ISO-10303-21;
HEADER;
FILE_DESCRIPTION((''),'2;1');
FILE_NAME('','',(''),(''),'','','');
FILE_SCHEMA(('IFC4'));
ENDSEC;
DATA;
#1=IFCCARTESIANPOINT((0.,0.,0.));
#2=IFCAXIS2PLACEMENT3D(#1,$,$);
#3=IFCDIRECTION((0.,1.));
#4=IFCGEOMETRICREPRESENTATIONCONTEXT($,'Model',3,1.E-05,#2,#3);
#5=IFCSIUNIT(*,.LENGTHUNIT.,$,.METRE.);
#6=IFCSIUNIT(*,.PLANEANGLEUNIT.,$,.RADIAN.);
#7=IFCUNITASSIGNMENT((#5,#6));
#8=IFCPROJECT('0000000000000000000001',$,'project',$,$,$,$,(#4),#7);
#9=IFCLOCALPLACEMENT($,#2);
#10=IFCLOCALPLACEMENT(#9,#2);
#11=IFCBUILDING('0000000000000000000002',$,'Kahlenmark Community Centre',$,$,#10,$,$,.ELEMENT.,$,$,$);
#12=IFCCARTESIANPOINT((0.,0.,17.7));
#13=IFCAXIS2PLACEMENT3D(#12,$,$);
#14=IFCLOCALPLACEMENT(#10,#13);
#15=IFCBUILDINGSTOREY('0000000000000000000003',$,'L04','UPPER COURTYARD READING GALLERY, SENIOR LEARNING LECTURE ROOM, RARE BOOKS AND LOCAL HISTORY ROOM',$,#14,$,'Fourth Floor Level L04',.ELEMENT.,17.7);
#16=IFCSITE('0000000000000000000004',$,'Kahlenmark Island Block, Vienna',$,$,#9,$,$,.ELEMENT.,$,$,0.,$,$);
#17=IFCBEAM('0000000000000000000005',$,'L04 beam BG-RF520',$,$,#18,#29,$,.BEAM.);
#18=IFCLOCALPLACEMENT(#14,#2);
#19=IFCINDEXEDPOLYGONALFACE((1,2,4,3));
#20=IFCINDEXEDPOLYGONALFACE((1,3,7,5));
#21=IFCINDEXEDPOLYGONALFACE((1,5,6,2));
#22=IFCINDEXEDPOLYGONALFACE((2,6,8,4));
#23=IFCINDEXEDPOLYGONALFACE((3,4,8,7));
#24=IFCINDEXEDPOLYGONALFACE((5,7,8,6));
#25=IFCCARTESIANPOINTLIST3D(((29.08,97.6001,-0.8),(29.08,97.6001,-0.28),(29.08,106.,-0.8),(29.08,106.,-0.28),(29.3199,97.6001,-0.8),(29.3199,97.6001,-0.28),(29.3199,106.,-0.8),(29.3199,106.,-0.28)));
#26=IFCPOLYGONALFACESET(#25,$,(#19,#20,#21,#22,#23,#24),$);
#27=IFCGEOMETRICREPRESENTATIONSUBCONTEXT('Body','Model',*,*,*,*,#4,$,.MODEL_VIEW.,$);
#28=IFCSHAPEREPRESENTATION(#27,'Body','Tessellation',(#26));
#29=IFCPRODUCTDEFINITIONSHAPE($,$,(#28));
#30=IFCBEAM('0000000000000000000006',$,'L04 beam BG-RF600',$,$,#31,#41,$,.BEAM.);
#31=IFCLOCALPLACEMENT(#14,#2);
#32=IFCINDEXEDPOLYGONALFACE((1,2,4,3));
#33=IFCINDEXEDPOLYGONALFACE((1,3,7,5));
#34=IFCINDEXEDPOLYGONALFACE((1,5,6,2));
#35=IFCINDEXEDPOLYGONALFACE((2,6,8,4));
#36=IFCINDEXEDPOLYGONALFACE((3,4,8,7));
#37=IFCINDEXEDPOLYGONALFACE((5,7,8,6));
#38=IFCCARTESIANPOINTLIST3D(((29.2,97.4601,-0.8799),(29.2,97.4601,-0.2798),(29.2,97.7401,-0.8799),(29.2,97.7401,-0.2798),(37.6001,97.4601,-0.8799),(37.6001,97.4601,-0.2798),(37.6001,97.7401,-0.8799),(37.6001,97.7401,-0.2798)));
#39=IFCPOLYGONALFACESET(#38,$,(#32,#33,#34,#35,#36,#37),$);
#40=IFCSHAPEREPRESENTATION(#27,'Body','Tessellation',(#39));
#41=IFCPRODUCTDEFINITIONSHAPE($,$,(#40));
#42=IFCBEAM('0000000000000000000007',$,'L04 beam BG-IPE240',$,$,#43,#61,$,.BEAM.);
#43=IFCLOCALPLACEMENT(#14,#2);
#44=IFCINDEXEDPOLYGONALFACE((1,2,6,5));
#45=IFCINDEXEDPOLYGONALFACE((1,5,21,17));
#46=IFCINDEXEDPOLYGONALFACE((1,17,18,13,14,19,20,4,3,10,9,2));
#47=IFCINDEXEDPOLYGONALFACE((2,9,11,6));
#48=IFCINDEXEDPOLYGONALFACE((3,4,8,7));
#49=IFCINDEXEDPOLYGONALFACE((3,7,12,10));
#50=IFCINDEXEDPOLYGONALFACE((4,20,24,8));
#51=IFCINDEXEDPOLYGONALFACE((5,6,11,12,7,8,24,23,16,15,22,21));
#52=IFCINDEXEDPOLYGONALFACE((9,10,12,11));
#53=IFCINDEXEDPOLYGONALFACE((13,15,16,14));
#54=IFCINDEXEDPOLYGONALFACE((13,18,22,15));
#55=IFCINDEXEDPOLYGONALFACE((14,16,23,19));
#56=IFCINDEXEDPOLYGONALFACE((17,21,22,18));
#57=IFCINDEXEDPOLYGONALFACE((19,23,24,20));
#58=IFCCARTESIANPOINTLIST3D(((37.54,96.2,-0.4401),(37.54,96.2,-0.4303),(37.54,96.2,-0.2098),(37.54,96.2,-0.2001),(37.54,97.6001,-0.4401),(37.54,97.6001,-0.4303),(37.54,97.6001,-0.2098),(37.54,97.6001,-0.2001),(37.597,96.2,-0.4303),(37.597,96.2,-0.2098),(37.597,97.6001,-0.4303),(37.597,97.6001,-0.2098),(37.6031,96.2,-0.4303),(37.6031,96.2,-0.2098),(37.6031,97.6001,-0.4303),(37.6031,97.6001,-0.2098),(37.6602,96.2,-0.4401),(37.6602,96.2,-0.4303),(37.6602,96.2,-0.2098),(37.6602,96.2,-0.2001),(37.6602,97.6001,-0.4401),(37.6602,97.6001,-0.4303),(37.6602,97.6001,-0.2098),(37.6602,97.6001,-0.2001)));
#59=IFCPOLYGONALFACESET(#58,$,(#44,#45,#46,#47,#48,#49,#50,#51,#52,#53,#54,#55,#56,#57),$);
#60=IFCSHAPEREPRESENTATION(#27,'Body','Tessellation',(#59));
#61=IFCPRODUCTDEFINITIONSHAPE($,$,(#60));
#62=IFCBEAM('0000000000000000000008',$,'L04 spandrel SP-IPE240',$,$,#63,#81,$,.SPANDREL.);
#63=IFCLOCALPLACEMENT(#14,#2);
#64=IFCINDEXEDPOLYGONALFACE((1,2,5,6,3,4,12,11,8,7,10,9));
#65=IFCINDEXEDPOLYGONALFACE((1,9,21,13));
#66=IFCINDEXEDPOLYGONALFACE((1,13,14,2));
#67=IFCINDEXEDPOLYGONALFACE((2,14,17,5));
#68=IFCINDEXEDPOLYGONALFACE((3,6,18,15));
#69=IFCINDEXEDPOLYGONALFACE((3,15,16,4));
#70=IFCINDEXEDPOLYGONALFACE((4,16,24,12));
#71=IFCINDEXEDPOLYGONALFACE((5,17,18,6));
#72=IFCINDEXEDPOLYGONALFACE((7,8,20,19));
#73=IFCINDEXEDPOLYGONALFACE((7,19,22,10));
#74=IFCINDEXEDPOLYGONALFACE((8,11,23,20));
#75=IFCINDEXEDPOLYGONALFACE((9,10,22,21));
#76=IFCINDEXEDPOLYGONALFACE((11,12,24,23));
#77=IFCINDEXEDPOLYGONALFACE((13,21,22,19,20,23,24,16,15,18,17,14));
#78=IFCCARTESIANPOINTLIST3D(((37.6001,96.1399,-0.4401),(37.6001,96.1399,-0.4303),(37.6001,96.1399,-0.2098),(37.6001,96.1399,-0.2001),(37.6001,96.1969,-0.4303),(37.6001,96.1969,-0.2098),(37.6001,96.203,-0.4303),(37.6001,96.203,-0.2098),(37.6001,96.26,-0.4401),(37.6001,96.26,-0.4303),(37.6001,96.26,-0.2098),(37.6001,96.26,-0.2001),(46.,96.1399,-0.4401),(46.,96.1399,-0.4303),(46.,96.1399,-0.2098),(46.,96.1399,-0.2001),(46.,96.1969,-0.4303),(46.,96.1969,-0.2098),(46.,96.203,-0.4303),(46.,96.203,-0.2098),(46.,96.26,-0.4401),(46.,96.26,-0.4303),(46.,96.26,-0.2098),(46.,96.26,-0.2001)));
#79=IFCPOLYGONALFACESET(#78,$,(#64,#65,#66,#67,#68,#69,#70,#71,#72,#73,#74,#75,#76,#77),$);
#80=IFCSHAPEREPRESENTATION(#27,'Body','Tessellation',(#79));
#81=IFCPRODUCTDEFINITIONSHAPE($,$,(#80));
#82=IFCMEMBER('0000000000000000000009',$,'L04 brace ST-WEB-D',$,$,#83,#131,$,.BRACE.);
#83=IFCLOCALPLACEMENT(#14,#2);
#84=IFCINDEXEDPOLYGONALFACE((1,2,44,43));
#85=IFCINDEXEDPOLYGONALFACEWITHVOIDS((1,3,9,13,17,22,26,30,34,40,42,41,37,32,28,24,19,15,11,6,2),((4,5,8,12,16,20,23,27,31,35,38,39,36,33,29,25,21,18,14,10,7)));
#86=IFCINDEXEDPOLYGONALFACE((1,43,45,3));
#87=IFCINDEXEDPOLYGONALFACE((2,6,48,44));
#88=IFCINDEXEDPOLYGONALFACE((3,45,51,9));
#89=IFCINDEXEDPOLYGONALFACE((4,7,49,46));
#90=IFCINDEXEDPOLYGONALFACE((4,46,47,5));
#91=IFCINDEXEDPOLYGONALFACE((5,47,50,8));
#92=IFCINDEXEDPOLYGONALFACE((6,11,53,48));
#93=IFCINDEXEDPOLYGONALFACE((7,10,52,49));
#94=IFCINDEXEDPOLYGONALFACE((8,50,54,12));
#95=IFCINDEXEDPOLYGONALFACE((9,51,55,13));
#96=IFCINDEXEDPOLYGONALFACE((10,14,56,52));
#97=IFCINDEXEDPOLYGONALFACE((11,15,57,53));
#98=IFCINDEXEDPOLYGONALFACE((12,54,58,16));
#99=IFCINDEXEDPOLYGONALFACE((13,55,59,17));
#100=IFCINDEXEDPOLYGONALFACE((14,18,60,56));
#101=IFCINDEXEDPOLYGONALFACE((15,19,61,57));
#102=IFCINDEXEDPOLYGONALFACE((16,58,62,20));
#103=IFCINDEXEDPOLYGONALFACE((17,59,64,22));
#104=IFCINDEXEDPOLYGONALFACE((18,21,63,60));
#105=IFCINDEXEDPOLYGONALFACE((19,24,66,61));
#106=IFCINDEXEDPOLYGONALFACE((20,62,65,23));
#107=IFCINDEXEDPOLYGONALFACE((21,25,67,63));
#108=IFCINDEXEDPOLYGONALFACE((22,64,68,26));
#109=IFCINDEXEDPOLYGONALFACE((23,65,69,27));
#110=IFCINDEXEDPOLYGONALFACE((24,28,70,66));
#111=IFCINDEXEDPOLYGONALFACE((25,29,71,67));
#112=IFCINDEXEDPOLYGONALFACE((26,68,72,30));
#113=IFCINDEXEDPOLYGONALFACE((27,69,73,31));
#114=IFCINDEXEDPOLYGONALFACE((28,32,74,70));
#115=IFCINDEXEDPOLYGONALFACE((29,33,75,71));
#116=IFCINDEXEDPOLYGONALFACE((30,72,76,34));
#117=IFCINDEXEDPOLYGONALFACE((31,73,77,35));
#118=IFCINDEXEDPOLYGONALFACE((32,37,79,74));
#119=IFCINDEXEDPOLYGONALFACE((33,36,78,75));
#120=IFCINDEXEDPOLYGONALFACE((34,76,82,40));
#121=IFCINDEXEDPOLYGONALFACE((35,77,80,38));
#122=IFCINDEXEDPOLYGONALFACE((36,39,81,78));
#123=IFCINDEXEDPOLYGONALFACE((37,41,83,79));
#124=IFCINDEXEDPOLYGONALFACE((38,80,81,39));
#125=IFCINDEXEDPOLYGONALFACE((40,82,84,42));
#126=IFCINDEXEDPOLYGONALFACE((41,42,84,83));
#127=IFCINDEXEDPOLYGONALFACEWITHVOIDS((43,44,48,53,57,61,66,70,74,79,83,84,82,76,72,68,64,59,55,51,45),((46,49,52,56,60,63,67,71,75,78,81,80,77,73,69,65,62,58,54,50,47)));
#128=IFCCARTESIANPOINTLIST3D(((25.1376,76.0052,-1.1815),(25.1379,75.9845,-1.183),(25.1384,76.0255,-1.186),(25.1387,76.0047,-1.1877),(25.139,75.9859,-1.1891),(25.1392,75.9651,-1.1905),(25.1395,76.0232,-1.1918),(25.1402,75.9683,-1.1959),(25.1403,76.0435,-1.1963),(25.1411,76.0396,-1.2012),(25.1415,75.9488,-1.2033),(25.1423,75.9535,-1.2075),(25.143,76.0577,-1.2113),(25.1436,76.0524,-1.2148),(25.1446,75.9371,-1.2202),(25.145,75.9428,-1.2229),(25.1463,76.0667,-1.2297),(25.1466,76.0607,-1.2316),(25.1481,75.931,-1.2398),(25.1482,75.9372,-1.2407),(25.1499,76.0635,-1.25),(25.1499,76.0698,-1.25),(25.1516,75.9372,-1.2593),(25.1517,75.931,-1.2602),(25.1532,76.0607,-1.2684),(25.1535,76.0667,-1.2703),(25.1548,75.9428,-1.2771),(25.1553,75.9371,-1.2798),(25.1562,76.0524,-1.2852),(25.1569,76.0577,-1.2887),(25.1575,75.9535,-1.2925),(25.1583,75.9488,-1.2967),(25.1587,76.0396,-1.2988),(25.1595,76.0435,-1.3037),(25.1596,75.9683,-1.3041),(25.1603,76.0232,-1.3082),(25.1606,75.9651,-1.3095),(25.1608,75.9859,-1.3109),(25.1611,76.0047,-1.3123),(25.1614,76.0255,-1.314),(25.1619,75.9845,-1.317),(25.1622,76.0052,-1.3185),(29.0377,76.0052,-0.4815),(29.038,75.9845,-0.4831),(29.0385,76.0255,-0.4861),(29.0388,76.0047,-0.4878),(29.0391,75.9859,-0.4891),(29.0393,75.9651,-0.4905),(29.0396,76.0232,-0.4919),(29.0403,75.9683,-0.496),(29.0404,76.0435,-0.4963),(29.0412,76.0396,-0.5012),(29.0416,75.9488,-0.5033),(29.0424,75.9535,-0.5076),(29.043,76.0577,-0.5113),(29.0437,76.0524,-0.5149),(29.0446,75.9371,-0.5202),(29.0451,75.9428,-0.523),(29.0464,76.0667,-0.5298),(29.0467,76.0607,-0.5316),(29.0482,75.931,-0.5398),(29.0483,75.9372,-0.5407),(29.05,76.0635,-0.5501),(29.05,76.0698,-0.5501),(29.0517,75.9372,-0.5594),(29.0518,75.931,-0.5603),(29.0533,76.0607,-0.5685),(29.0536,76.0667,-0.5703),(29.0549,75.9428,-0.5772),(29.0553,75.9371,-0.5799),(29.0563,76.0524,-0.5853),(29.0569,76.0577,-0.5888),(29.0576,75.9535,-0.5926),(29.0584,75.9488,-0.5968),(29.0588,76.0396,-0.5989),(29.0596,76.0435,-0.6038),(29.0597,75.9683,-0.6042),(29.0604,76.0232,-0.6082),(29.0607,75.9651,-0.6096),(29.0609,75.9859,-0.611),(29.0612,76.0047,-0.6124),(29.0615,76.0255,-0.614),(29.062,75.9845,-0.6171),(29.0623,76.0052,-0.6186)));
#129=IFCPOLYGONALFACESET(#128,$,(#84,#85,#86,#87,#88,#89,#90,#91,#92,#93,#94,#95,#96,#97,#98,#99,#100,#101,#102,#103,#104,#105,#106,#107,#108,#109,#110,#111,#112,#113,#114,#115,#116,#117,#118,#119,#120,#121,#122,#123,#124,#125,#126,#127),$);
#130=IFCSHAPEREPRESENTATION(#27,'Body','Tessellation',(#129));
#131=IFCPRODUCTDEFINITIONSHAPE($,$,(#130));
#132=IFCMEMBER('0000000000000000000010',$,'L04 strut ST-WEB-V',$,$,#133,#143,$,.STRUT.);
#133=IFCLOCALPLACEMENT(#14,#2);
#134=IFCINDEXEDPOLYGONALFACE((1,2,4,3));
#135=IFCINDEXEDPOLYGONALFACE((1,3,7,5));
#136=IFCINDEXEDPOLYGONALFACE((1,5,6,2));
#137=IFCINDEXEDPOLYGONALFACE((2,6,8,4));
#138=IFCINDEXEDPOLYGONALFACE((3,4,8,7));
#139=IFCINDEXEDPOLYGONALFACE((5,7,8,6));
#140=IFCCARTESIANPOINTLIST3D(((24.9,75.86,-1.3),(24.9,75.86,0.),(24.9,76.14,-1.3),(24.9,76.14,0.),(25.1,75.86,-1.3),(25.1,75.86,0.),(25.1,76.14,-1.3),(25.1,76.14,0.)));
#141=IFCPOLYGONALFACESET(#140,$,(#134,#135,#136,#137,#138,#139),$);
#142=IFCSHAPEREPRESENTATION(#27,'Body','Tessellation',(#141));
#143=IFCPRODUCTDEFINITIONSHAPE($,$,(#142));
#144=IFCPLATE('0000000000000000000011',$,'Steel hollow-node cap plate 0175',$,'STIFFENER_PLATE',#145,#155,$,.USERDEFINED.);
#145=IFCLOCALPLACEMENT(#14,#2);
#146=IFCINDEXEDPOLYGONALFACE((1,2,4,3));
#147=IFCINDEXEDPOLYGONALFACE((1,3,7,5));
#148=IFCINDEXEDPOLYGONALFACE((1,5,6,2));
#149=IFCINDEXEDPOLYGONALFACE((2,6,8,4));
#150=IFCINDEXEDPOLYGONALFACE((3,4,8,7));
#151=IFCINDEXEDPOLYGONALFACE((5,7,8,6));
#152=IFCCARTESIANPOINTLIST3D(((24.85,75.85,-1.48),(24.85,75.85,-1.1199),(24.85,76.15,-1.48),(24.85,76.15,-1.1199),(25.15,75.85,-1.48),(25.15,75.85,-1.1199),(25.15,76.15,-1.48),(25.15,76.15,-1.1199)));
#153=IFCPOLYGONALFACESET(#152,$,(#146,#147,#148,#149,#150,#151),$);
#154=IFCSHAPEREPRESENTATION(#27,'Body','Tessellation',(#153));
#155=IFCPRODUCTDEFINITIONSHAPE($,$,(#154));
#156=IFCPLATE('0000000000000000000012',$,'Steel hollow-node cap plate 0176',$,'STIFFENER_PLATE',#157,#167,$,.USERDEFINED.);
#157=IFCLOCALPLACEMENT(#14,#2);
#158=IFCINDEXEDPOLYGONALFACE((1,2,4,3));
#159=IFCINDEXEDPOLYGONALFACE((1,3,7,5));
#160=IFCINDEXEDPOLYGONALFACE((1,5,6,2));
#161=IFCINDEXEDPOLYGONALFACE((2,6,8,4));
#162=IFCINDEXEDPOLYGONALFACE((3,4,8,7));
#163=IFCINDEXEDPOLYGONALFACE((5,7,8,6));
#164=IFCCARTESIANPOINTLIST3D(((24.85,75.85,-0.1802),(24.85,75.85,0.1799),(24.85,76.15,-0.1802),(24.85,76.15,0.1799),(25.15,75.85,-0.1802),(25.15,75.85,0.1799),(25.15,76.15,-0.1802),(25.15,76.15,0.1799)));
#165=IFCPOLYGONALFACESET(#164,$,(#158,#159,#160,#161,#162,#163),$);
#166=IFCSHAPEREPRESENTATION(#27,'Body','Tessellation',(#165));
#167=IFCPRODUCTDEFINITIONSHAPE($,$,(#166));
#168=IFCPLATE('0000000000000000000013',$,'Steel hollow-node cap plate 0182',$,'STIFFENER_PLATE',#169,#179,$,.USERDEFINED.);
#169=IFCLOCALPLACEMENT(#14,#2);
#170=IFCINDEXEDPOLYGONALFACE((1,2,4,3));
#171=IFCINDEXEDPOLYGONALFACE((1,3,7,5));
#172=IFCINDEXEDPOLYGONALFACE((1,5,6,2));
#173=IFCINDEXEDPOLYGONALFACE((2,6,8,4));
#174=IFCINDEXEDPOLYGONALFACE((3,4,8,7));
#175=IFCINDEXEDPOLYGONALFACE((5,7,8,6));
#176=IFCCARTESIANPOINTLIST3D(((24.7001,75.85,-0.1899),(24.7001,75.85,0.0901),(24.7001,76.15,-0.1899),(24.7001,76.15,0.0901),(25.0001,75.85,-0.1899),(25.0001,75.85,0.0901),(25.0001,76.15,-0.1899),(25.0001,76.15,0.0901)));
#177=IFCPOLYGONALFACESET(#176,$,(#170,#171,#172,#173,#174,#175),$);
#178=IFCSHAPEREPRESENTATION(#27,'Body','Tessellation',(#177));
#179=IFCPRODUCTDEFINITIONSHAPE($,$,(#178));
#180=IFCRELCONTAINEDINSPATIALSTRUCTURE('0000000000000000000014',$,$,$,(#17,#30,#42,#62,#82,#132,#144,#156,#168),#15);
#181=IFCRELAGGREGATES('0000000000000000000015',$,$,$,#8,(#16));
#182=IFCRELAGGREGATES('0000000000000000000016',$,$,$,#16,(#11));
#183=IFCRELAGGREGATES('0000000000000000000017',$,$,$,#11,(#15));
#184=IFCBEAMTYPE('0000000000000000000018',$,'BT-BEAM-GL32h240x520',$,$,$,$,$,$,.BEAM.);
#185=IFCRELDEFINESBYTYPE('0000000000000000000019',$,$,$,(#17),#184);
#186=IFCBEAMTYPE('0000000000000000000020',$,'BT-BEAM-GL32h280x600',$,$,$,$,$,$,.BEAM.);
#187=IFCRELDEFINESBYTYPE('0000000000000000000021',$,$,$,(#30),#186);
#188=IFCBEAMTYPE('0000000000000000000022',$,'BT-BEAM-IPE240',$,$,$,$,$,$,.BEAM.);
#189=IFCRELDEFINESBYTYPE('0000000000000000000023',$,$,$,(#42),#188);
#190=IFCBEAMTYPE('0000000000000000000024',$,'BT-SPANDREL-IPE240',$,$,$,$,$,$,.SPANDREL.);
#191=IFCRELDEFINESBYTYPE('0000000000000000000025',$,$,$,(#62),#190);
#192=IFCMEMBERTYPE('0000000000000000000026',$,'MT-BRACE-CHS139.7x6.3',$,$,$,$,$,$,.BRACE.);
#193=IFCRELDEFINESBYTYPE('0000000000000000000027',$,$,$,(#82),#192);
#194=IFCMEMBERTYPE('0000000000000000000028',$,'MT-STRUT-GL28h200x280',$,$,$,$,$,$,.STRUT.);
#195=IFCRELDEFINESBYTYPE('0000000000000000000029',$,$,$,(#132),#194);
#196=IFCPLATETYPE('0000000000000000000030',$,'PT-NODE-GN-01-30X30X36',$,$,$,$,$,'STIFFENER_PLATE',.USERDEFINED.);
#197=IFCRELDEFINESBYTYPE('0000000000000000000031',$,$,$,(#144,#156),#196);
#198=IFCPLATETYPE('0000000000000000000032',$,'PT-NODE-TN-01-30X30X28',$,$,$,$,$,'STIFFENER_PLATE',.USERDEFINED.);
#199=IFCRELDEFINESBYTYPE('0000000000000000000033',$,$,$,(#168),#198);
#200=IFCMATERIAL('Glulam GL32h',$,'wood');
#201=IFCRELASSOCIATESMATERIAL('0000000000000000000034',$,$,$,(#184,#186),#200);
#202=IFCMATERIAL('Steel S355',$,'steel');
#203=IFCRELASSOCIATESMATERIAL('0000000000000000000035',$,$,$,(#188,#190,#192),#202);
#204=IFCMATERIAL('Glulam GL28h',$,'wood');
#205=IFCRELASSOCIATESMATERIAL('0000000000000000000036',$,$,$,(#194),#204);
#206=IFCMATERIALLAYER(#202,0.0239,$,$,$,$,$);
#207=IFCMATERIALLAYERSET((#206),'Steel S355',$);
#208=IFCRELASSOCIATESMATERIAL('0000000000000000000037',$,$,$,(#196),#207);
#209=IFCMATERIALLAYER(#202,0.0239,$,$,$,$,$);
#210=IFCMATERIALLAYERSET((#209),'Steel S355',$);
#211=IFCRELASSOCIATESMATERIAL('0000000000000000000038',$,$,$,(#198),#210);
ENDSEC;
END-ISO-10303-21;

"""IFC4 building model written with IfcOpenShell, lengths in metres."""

from ifc_helpers import new_model, si_unit, direction, frame, origin, origin_2d, place, context, subcontext, project, spatial, rectangle, hollow_circle, i_section, extrude, material, layer, layer_set, material_profile, profile_set, type_object, element, save


model = new_model("IFC4")

# Units and contexts
model_context = context("Model", 3, precision=1e-05, world=origin(), true_north=direction((0.0, 1.0)))
body_context = subcontext(model_context, "Body", "Model", "MODEL_VIEW")
ifc_project = project(units=[si_unit("LENGTHUNIT", "METRE"), si_unit("PLANEANGLEUNIT", "RADIAN")], contexts=[model_context])

# Site, building, storey
site_placement = place(None, origin())
site = spatial("IfcSite", under=ifc_project, at=site_placement, Name="Kahlenmark Island Block, Vienna", CompositionType="ELEMENT", RefElevation=0.0)
building_placement = place(site_placement, origin())
building = spatial("IfcBuilding", under=site, at=building_placement, Name="Kahlenmark Community Centre", CompositionType="ELEMENT")
storey_placement = place(building_placement, frame((0.0, 0.0, 17.7)))
storey = spatial("IfcBuildingStorey", under=building, at=storey_placement, Name="L04", Description="UPPER COURTYARD READING GALLERY, SENIOR LEARNING LECTURE ROOM, RARE BOOKS AND LOCAL HISTORY ROOM", LongName="Fourth Floor Level L04", CompositionType="ELEMENT", Elevation=17.7)

# Beams
ifc_material_1 = material(Name="Glulam GL32h", Category="wood")
ifc_material_profile_1 = material_profile(ifc_material_1, rectangle(XDim=0.24, YDim=0.52, at=origin_2d()), Name="GL32h 240x520")
ifc_profile_set_1 = profile_set([ifc_material_profile_1], Name="Glulam GL32h")
beam_type_1 = type_object("IfcBeamType", Name="BT-BEAM-GL32h240x520", PredefinedType="BEAM", material=ifc_profile_set_1)
beam_1_placement = place(storey_placement, frame((29.2, 97.6001, -0.54), z_axis=(0.0, 1.0, 0.0), x_axis=(-1.0, 0.0, 0.0)))
element("IfcBeam", 1, at=beam_1_placement, inside=storey, type_object=beam_type_1, Name="L04 beam BG-RF520", PredefinedType="BEAM", context=body_context, shape_type="SweptSolid", body=[
    extrude(rectangle(XDim=0.24, YDim=0.52, at=origin_2d()), origin(), (0.0, 0.0, 1.0), 8.3999),
])
ifc_material_profile_2 = material_profile(ifc_material_1, rectangle(XDim=0.28, YDim=0.6001, at=origin_2d()), Name="GL32h 280x600")
ifc_profile_set_2 = profile_set([ifc_material_profile_2], Name="Glulam GL32h")
beam_type_2 = type_object("IfcBeamType", Name="BT-BEAM-GL32h280x600", PredefinedType="BEAM", material=ifc_profile_set_2)
beam_2_placement = place(storey_placement, frame((29.2, 97.6001, -0.5798), z_axis=(1.0, 0.0, 0.0), x_axis=(0.0, 1.0, 0.0)))
element("IfcBeam", 2, at=beam_2_placement, inside=storey, type_object=beam_type_2, Name="L04 beam BG-RF600", PredefinedType="BEAM", context=body_context, shape_type="SweptSolid", body=[
    extrude(rectangle(XDim=0.28, YDim=0.6001, at=origin_2d()), origin(), (0.0, 0.0, 1.0), 8.4001),
])
ifc_material_2 = material(Name="Steel S355", Category="steel")
ifc_material_profile_3 = material_profile(ifc_material_2, i_section(OverallWidth=0.1201, OverallDepth=0.24, WebThickness=0.0061, FlangeThickness=0.0098, at=origin_2d()), Name="IPE 240")
ifc_profile_set_3 = profile_set([ifc_material_profile_3], Name="Steel S355")
beam_type_3 = type_object("IfcBeamType", Name="BT-BEAM-IPE240", PredefinedType="BEAM", material=ifc_profile_set_3)
beam_3_placement = place(storey_placement, frame((37.6001, 96.2, -0.3201), z_axis=(0.0, 1.0, 0.0), x_axis=(-1.0, 0.0, 0.0)))
element("IfcBeam", 3, at=beam_3_placement, inside=storey, type_object=beam_type_3, Name="L04 beam BG-IPE240", PredefinedType="BEAM", context=body_context, shape_type="SweptSolid", body=[
    extrude(i_section(OverallWidth=0.1201, OverallDepth=0.24, WebThickness=0.0061, FlangeThickness=0.0098, at=origin_2d()), origin(), (0.0, 0.0, 1.0), 1.4001),
])
ifc_material_profile_4 = material_profile(ifc_material_2, i_section(OverallWidth=0.1201, OverallDepth=0.24, WebThickness=0.0061, FlangeThickness=0.0098, at=origin_2d()), Name="IPE 240")
ifc_profile_set_4 = profile_set([ifc_material_profile_4], Name="Steel S355")
beam_type_4 = type_object("IfcBeamType", Name="BT-SPANDREL-IPE240", PredefinedType="SPANDREL", material=ifc_profile_set_4)
beam_4_placement = place(storey_placement, frame((37.6001, 96.2, -0.3201), z_axis=(1.0, 0.0, 0.0), x_axis=(0.0, 1.0, 0.0)))
element("IfcBeam", 4, at=beam_4_placement, inside=storey, type_object=beam_type_4, Name="L04 spandrel SP-IPE240", PredefinedType="SPANDREL", context=body_context, shape_type="SweptSolid", body=[
    extrude(i_section(OverallWidth=0.1201, OverallDepth=0.24, WebThickness=0.0061, FlangeThickness=0.0098, at=origin_2d()), origin(), (0.0, 0.0, 1.0), 8.3999),
])

# Members
ifc_material_profile_5 = material_profile(ifc_material_2, hollow_circle(Radius=0.0698, WallThickness=0.0063, at=origin_2d()), Name="CHS 139.7x6.3")
ifc_profile_set_5 = profile_set([ifc_material_profile_5], Name="Steel S355")
member_type_1 = type_object("IfcMemberType", Name="MT-BRACE-CHS139.7x6.3", PredefinedType="BRACE", material=ifc_profile_set_5)
member_1_placement = place(storey_placement, frame((25.1499, 76.0, -1.25), z_axis=(0.984275, 0.0, 0.176646), x_axis=(0.0, 1.0, 0.0)))
element("IfcMember", 5, at=member_1_placement, inside=storey, type_object=member_type_1, Name="L04 brace ST-WEB-D", PredefinedType="BRACE", context=body_context, shape_type="SweptSolid", body=[
    extrude(hollow_circle(Radius=0.0698, WallThickness=0.0063, at=origin_2d()), origin(), (0.0, 0.0, 1.0), 3.9624),
])
ifc_material_3 = material(Name="Glulam GL28h", Category="wood")
ifc_material_profile_6 = material_profile(ifc_material_3, rectangle(XDim=0.2, YDim=0.28, at=origin_2d()), Name="GL28h 200x280")
ifc_profile_set_6 = profile_set([ifc_material_profile_6], Name="Glulam GL28h")
member_type_2 = type_object("IfcMemberType", Name="MT-STRUT-GL28h200x280", PredefinedType="STRUT", material=ifc_profile_set_6)
member_2_placement = place(storey_placement, frame((25.0, 76.0, -1.3), z_axis=(0.0, 0.0, 1.0), x_axis=(1.0, 0.0, 0.0)))
element("IfcMember", 6, at=member_2_placement, inside=storey, type_object=member_type_2, Name="L04 strut ST-WEB-V", PredefinedType="STRUT", context=body_context, shape_type="SweptSolid", body=[
    extrude(rectangle(XDim=0.2, YDim=0.28, at=origin_2d()), origin(), (0.0, 0.0, 1.0), 1.3),
])

# Plates
ifc_layer_1 = layer(ifc_material_2, 0.0239)
ifc_layer_set_1 = layer_set([ifc_layer_1], Name="Steel S355")
plate_type_1 = type_object("IfcPlateType", Name="PT-NODE-GN-01-30X30X36", ElementType="STIFFENER_PLATE", PredefinedType="USERDEFINED", material=ifc_layer_set_1)
for number, where, z_axis, x_axis, name in (
    (7, (25.0, 76.0, -1.48), (0.0, 0.0, 1.0), (1.0, 0.0, 0.0), "Steel hollow-node cap plate 0175"),
    (8, (25.0, 76.0, -0.1802), (0.0, 0.0, 1.0), (1.0, 0.0, 0.0), "Steel hollow-node cap plate 0176"),
):
    element("IfcPlate", number, at=place(storey_placement, frame(where, z_axis=z_axis, x_axis=x_axis)), inside=storey, type_object=plate_type_1, Name=name, ObjectType="STIFFENER_PLATE", PredefinedType="USERDEFINED", context=body_context, shape_type="SweptSolid", body=[
        extrude(rectangle(XDim=0.3, YDim=0.3, at=origin_2d()), origin(), (0.0, 0.0, 1.0), 0.3601),
    ])
ifc_layer_2 = layer(ifc_material_2, 0.0239)
ifc_layer_set_2 = layer_set([ifc_layer_2], Name="Steel S355")
plate_type_2 = type_object("IfcPlateType", Name="PT-NODE-TN-01-30X30X28", ElementType="STIFFENER_PLATE", PredefinedType="USERDEFINED", material=ifc_layer_set_2)
for number, where, z_axis, x_axis, name in (
    (9, (24.8501, 76.0, -0.1899), (0.0, 0.0, 1.0), (1.0, 0.0, 0.0), "Steel hollow-node cap plate 0182"),
):
    element("IfcPlate", number, at=place(storey_placement, frame(where, z_axis=z_axis, x_axis=x_axis)), inside=storey, type_object=plate_type_2, Name=name, ObjectType="STIFFENER_PLATE", PredefinedType="USERDEFINED", context=body_context, shape_type="SweptSolid", body=[
        extrude(rectangle(XDim=0.3, YDim=0.3, at=origin_2d()), origin(), (0.0, 0.0, 1.0), 0.28),
    ])

save(model, "model.ifc")
